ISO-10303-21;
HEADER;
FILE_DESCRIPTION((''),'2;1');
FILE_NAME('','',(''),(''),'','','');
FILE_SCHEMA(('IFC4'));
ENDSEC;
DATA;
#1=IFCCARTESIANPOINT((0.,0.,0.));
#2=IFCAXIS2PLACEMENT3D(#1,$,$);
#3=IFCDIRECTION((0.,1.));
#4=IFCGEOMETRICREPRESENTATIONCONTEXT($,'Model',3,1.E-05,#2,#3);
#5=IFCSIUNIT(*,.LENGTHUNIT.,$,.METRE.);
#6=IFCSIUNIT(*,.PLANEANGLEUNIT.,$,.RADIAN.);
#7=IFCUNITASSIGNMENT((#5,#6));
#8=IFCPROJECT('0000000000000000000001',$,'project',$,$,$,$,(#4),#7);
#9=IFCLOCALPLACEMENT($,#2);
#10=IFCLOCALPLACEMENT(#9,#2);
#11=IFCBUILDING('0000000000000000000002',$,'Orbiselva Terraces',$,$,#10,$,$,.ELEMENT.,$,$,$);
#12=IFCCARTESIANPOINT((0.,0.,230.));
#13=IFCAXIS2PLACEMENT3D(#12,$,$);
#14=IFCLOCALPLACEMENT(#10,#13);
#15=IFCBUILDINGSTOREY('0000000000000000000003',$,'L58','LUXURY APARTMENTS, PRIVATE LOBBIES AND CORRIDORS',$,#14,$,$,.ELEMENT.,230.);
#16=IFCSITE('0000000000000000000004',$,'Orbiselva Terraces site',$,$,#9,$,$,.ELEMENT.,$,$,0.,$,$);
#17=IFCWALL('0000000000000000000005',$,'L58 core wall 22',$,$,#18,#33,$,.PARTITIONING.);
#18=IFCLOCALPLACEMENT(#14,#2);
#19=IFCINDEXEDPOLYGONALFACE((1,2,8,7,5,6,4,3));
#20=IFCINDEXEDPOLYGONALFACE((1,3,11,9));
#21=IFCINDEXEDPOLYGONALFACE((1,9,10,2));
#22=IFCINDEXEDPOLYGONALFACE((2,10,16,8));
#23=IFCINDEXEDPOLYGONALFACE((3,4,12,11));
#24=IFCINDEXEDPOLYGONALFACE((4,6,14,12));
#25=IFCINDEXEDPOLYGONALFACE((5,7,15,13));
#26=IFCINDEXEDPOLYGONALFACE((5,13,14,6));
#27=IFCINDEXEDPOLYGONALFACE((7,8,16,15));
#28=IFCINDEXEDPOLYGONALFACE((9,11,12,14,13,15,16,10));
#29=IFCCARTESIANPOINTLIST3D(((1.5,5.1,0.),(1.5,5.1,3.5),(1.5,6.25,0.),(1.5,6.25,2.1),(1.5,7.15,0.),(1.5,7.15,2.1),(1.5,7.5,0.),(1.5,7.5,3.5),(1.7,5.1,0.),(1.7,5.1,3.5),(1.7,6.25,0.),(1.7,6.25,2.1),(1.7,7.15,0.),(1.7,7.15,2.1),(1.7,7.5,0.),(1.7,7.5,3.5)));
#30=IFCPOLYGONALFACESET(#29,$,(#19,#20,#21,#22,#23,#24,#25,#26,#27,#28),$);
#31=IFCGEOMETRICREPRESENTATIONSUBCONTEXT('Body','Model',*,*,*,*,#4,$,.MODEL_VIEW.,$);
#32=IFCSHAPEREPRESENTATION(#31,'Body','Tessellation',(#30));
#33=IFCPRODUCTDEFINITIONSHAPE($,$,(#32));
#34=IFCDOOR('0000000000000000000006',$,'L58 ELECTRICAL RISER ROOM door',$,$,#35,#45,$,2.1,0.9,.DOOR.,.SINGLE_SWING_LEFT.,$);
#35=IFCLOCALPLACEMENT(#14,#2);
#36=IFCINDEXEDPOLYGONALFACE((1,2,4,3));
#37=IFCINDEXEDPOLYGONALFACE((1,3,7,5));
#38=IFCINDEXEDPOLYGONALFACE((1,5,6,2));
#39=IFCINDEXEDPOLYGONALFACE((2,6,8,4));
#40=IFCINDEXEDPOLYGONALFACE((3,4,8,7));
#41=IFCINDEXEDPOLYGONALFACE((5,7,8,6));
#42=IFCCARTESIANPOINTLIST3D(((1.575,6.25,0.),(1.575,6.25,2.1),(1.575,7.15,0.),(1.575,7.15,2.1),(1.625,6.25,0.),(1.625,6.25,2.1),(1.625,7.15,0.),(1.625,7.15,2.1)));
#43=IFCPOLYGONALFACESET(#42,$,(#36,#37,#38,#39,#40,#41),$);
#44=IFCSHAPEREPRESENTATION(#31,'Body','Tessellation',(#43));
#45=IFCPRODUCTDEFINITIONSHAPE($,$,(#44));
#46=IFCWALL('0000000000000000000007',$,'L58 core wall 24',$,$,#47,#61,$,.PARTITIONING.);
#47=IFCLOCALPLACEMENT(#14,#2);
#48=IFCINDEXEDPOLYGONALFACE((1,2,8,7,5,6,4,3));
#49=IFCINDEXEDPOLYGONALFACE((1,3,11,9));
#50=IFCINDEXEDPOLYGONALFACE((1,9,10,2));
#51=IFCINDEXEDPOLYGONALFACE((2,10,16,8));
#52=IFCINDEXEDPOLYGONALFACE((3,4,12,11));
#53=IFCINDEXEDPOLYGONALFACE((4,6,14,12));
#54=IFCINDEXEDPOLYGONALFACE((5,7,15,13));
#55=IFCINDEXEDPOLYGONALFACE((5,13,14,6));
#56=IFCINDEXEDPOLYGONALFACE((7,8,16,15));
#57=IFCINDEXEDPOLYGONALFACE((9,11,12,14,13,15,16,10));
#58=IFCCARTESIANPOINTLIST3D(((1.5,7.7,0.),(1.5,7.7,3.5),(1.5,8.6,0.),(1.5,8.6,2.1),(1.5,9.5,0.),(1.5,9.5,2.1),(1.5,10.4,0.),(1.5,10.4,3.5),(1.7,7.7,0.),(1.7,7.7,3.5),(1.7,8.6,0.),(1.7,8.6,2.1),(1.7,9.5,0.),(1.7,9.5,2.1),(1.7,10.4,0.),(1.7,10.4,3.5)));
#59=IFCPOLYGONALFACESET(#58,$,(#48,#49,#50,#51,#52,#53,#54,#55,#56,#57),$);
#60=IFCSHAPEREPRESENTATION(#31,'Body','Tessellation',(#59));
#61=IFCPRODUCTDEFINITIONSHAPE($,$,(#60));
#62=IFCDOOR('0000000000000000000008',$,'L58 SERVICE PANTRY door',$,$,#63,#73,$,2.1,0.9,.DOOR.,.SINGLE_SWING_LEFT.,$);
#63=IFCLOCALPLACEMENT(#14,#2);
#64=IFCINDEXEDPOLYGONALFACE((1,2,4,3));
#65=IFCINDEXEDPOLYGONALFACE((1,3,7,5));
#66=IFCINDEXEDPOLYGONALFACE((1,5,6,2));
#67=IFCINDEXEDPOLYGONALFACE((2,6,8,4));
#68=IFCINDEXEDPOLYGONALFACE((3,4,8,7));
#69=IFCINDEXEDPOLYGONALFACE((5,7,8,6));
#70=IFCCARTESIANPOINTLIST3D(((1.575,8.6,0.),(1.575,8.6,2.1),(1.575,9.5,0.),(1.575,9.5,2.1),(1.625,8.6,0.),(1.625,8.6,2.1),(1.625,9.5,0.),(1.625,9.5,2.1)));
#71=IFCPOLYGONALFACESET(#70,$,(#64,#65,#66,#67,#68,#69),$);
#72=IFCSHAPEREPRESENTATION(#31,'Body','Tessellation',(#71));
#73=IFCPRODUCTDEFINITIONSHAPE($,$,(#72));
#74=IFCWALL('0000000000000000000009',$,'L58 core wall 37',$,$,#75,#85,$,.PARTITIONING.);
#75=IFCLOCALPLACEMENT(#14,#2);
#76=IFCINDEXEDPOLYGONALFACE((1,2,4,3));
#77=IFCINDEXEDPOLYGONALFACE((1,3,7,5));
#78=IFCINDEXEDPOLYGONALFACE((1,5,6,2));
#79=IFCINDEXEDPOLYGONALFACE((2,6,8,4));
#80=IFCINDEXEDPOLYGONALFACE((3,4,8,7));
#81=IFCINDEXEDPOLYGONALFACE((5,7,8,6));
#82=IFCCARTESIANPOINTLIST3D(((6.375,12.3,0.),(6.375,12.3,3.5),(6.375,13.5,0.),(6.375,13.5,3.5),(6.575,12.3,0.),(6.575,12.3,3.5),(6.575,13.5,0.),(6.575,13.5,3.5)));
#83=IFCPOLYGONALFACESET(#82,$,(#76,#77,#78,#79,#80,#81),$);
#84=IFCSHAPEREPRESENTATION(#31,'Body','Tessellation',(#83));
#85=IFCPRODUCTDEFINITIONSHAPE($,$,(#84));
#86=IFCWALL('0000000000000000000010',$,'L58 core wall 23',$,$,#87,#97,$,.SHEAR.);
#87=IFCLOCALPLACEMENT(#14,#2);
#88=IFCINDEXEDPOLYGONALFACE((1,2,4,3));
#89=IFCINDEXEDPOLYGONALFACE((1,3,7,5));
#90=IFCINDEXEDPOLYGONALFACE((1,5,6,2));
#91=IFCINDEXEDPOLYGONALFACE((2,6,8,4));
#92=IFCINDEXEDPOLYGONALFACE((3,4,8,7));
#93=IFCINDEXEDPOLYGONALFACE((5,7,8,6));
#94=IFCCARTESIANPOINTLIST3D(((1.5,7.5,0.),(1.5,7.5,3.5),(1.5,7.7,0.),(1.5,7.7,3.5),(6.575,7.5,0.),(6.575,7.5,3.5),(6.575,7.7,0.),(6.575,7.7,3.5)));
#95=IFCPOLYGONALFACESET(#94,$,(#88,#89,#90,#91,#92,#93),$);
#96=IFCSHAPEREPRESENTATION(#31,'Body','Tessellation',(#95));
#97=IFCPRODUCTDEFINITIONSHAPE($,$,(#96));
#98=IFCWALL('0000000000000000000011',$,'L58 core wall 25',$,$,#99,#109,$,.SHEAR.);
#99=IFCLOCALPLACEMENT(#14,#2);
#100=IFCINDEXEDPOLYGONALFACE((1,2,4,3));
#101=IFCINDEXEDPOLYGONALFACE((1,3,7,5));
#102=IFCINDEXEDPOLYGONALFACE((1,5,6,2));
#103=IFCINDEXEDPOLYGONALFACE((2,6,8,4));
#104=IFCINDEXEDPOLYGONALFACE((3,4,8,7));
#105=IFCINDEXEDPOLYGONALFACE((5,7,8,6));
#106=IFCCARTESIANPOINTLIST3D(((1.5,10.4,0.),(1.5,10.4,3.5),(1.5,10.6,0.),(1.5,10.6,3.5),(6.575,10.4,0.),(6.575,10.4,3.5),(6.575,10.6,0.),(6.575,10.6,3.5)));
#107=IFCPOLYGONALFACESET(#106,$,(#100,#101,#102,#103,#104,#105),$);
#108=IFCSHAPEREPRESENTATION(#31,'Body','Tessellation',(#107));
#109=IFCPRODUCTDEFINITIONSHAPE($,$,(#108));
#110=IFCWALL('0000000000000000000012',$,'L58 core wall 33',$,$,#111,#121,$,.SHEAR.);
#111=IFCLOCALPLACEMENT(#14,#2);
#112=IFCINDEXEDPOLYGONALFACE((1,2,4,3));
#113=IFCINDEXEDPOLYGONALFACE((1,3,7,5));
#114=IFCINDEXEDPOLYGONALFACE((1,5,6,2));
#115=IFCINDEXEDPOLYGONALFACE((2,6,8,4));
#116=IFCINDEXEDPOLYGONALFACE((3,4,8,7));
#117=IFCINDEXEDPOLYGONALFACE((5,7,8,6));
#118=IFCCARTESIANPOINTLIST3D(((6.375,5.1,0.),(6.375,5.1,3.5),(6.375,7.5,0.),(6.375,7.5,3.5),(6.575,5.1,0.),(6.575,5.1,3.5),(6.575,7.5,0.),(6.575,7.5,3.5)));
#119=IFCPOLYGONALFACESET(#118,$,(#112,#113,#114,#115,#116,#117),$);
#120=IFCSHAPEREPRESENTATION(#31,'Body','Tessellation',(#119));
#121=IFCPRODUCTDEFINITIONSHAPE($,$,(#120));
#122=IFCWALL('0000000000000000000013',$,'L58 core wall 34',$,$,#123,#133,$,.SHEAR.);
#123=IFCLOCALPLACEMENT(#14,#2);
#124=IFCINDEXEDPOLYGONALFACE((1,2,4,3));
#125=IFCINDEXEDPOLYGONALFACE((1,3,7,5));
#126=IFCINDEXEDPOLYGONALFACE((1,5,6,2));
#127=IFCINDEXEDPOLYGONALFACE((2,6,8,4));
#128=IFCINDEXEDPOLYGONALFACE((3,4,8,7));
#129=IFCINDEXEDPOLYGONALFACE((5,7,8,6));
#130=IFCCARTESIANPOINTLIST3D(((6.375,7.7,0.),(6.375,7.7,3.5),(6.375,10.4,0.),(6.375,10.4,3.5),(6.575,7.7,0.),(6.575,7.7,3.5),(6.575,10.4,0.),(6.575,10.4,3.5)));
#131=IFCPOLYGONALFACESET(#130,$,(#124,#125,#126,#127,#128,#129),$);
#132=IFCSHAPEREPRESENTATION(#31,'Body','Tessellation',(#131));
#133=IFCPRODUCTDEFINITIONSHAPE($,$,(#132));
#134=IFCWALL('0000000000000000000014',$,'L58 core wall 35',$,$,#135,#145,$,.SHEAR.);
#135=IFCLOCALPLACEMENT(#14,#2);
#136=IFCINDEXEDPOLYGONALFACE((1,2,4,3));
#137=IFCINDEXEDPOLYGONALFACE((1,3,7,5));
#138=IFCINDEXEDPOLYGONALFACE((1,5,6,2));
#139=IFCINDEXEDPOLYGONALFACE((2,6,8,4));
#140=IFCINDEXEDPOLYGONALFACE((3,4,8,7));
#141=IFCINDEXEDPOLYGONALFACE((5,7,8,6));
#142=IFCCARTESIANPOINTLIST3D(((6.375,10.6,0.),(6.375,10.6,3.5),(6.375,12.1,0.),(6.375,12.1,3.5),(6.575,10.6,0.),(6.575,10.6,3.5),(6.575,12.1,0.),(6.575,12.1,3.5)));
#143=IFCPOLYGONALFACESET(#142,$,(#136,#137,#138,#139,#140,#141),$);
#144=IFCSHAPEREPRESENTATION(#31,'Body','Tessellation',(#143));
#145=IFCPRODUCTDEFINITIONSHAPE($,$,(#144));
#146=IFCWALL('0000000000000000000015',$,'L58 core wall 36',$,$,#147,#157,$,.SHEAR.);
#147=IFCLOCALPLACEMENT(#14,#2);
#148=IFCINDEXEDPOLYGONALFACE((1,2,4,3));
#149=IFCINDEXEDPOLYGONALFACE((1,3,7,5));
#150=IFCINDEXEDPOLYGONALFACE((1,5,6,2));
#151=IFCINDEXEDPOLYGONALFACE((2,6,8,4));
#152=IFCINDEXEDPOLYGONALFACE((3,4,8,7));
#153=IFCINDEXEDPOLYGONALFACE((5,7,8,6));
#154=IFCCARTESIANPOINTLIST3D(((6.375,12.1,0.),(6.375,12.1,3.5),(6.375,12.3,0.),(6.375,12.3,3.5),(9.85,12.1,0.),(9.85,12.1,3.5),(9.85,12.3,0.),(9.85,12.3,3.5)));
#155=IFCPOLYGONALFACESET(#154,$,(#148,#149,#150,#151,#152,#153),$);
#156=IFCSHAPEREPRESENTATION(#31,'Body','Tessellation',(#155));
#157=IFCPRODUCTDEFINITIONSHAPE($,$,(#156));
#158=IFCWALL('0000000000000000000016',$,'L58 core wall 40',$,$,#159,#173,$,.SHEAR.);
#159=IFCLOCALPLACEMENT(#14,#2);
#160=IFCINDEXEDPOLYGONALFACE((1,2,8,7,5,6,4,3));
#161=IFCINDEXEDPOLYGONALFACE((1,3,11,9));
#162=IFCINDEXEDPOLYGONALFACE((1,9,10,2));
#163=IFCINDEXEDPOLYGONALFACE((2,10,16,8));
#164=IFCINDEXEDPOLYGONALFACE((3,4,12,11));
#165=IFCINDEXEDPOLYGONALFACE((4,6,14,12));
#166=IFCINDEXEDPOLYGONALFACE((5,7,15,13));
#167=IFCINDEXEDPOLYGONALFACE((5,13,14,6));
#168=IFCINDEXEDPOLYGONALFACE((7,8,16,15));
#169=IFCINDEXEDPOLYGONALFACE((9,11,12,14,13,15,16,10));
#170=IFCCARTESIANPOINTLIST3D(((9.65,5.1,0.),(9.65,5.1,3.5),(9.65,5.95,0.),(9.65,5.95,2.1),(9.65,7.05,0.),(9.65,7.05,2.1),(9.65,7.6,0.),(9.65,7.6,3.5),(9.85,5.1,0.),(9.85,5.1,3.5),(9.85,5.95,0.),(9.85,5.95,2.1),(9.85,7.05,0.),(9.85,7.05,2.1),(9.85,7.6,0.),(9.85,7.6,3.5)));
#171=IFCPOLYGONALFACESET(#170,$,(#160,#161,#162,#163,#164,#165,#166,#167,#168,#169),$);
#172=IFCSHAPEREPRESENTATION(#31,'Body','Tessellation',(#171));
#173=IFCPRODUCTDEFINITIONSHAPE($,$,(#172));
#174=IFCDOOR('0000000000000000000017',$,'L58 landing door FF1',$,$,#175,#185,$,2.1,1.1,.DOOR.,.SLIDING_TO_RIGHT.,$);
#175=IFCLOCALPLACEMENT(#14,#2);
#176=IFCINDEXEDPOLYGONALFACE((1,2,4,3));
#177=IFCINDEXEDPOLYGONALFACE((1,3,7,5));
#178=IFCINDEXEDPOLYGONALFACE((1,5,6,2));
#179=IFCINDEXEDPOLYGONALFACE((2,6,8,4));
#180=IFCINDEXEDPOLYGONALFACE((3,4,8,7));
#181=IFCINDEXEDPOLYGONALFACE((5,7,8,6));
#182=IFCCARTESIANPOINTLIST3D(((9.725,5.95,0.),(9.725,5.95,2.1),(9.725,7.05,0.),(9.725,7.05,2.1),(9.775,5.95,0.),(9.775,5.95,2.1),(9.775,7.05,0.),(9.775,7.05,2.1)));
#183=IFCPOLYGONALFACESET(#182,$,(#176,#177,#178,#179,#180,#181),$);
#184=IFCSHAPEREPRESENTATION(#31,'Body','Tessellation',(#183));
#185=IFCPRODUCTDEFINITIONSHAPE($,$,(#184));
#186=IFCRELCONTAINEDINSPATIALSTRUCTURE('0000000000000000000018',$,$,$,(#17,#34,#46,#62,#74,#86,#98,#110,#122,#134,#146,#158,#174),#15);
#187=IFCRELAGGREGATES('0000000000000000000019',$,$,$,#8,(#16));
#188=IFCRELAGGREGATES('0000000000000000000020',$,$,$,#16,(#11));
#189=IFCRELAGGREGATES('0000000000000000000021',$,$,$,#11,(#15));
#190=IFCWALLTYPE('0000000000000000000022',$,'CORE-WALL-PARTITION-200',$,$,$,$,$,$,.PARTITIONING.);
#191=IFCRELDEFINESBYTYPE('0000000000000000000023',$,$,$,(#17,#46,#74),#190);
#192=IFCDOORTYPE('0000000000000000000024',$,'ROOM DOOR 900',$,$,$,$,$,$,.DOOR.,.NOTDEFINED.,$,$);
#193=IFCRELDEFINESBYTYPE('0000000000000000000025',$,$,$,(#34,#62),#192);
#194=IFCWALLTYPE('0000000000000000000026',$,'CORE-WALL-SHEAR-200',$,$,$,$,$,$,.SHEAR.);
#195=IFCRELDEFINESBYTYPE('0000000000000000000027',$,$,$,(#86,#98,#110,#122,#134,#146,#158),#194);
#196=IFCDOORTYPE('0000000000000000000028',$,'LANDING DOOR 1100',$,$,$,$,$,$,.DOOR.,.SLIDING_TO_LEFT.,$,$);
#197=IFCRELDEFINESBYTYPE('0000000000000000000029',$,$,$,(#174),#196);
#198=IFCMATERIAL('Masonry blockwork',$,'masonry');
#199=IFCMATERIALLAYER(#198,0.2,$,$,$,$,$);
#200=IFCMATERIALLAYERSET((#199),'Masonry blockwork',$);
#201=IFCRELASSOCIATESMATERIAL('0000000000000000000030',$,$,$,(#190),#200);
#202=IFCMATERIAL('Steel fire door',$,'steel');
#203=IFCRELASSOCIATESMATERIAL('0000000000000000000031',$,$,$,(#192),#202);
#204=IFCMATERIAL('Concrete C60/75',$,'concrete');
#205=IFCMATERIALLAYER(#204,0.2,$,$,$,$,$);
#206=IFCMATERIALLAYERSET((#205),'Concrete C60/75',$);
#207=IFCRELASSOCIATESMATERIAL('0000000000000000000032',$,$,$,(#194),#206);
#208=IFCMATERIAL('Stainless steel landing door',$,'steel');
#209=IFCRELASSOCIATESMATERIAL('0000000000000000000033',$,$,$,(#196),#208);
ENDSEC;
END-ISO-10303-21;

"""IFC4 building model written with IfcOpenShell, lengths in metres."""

from ifc_helpers import new_model, si_unit, direction, frame, frame_2d, origin, place, context, subcontext, project, spatial, rectangle, extrude, material, layer, layer_set, type_object, element, fill, save


model = new_model("IFC4")

# Units and contexts
model_context = context("Model", 3, precision=1e-05, world=origin(), true_north=direction((0.0, 1.0)))
body_context = subcontext(model_context, "Body", "Model", "MODEL_VIEW")
ifc_project = project(units=[si_unit("LENGTHUNIT", "METRE"), si_unit("PLANEANGLEUNIT", "RADIAN")], contexts=[model_context])

# Site, building, storey
site_placement = place(None, origin())
site = spatial("IfcSite", under=ifc_project, at=site_placement, Name="Orbiselva Terraces site", CompositionType="ELEMENT", RefElevation=0.0)
building_placement = place(site_placement, origin())
building = spatial("IfcBuilding", under=site, at=building_placement, Name="Orbiselva Terraces", CompositionType="ELEMENT")
storey_placement = place(building_placement, frame((0.0, 0.0, 230.0)))
storey = spatial("IfcBuildingStorey", under=building, at=storey_placement, Name="L58", Description="LUXURY APARTMENTS, PRIVATE LOBBIES AND CORRIDORS", CompositionType="ELEMENT", Elevation=230.0)

# Walls, openings, doors
ifc_material_1 = material(Name="Masonry blockwork", Category="masonry")
ifc_layer_1 = layer(ifc_material_1, 0.2)
ifc_layer_set_1 = layer_set([ifc_layer_1], Name="Masonry blockwork")
wall_type_1 = type_object("IfcWallType", Name="CORE-WALL-PARTITION-200", PredefinedType="PARTITIONING", material=ifc_layer_set_1)
wall_1_placement = place(storey_placement, frame((1.6, 7.5, 0.0), z_axis=(0.0, 0.0, 1.0), x_axis=(0.0, -1.0, 0.0)))
wall_1 = element("IfcWall", 1, at=wall_1_placement, inside=storey, type_object=wall_type_1, Name="L58 core wall 22", PredefinedType="PARTITIONING", context=body_context, shape_type="SweptSolid", body=[
    extrude(rectangle(XDim=2.4, YDim=0.2, at=frame_2d((1.2, 0.0))), origin(), (0.0, 0.0, 1.0), 3.5),
])
opening_1_placement = place(wall_1_placement, frame((0.35, 0.0, 0.0)))
opening_1 = element("IfcOpeningElement", 2, at=opening_1_placement, cuts=wall_1, PredefinedType="OPENING", context=body_context, shape_type="SweptSolid", body=[
    extrude(rectangle(XDim=0.9, YDim=2.1, at=frame_2d((0.45, 1.05))), frame((0.0, 0.11, 0.0), z_axis=(0.0, -1.0, 0.0), x_axis=(1.0, 0.0, 0.0)), (0.0, 0.0, 1.0), 0.22),
])
ifc_material_2 = material(Name="Steel fire door", Category="steel")
door_type_1 = type_object("IfcDoorType", Name="ROOM DOOR 900", OperationType="NOTDEFINED", PredefinedType="DOOR", material=ifc_material_2)
door_1_placement = place(opening_1_placement, origin())
door_1 = element("IfcDoor", 3, at=door_1_placement, inside=storey, type_object=door_type_1, Name="L58 ELECTRICAL RISER ROOM door", OperationType="SINGLE_SWING_LEFT", OverallHeight=2.1, OverallWidth=0.9, PredefinedType="DOOR", context=body_context, shape_type="SweptSolid", body=[
    extrude(rectangle(XDim=0.9, YDim=2.1, at=frame_2d((0.45, 1.05))), frame((0.0, 0.025, 0.0), z_axis=(0.0, -1.0, 0.0), x_axis=(1.0, 0.0, 0.0)), (0.0, 0.0, 1.0), 0.05),
])
fill(opening_1, door_1)
wall_2_placement = place(storey_placement, frame((1.6, 10.4, 0.0), z_axis=(0.0, 0.0, 1.0), x_axis=(0.0, -1.0, 0.0)))
wall_2 = element("IfcWall", 4, at=wall_2_placement, inside=storey, type_object=wall_type_1, Name="L58 core wall 24", PredefinedType="PARTITIONING", context=body_context, shape_type="SweptSolid", body=[
    extrude(rectangle(XDim=2.7, YDim=0.2, at=frame_2d((1.35, 0.0))), origin(), (0.0, 0.0, 1.0), 3.5),
])
opening_2_placement = place(wall_2_placement, frame((0.9, 0.0, 0.0)))
opening_2 = element("IfcOpeningElement", 5, at=opening_2_placement, cuts=wall_2, PredefinedType="OPENING", context=body_context, shape_type="SweptSolid", body=[
    extrude(rectangle(XDim=0.9, YDim=2.1, at=frame_2d((0.45, 1.05))), frame((0.0, 0.11, 0.0), z_axis=(0.0, -1.0, 0.0), x_axis=(1.0, 0.0, 0.0)), (0.0, 0.0, 1.0), 0.22),
])
door_2_placement = place(opening_2_placement, origin())
door_2 = element("IfcDoor", 6, at=door_2_placement, inside=storey, type_object=door_type_1, Name="L58 SERVICE PANTRY door", OperationType="SINGLE_SWING_LEFT", OverallHeight=2.1, OverallWidth=0.9, PredefinedType="DOOR", context=body_context, shape_type="SweptSolid", body=[
    extrude(rectangle(XDim=0.9, YDim=2.1, at=frame_2d((0.45, 1.05))), frame((0.0, 0.025, 0.0), z_axis=(0.0, -1.0, 0.0), x_axis=(1.0, 0.0, 0.0)), (0.0, 0.0, 1.0), 0.05),
])
fill(opening_2, door_2)

# Walls
wall_3_placement = place(storey_placement, frame((6.475, 12.3, 0.0), z_axis=(0.0, 0.0, 1.0), x_axis=(0.0, 1.0, 0.0)))
element("IfcWall", 7, at=wall_3_placement, inside=storey, type_object=wall_type_1, Name="L58 core wall 37", PredefinedType="PARTITIONING", context=body_context, shape_type="SweptSolid", body=[
    extrude(rectangle(XDim=1.2, YDim=0.2, at=frame_2d((0.6, 0.0))), origin(), (0.0, 0.0, 1.0), 3.5),
])
ifc_material_3 = material(Name="Concrete C60/75", Category="concrete")
ifc_layer_2 = layer(ifc_material_3, 0.2)
ifc_layer_set_2 = layer_set([ifc_layer_2], Name="Concrete C60/75")
wall_type_2 = type_object("IfcWallType", Name="CORE-WALL-SHEAR-200", PredefinedType="SHEAR", material=ifc_layer_set_2)
for number, where, z_axis, x_axis, name in (
    (8, (1.5, 7.6, 0.0), (0.0, 0.0, 1.0), (1.0, 0.0, 0.0), "L58 core wall 23"),
    (9, (1.5, 10.5, 0.0), (0.0, 0.0, 1.0), (1.0, 0.0, 0.0), "L58 core wall 25"),
):
    element("IfcWall", number, at=place(storey_placement, frame(where, z_axis=z_axis, x_axis=x_axis)), inside=storey, type_object=wall_type_2, Name=name, PredefinedType="SHEAR", context=body_context, shape_type="SweptSolid", body=[
        extrude(rectangle(XDim=5.075, YDim=0.2, at=frame_2d((2.5375, 0.0))), origin(), (0.0, 0.0, 1.0), 3.5),
    ])
wall_4_placement = place(storey_placement, frame((6.475, 5.1, 0.0), z_axis=(0.0, 0.0, 1.0), x_axis=(0.0, 1.0, 0.0)))
element("IfcWall", 10, at=wall_4_placement, inside=storey, type_object=wall_type_2, Name="L58 core wall 33", PredefinedType="SHEAR", context=body_context, shape_type="SweptSolid", body=[
    extrude(rectangle(XDim=2.4, YDim=0.2, at=frame_2d((1.2, 0.0))), origin(), (0.0, 0.0, 1.0), 3.5),
])
wall_5_placement = place(storey_placement, frame((6.475, 7.7, 0.0), z_axis=(0.0, 0.0, 1.0), x_axis=(0.0, 1.0, 0.0)))
element("IfcWall", 11, at=wall_5_placement, inside=storey, type_object=wall_type_2, Name="L58 core wall 34", PredefinedType="SHEAR", context=body_context, shape_type="SweptSolid", body=[
    extrude(rectangle(XDim=2.7, YDim=0.2, at=frame_2d((1.35, 0.0))), origin(), (0.0, 0.0, 1.0), 3.5),
])
wall_6_placement = place(storey_placement, frame((6.475, 10.6, 0.0), z_axis=(0.0, 0.0, 1.0), x_axis=(0.0, 1.0, 0.0)))
element("IfcWall", 12, at=wall_6_placement, inside=storey, type_object=wall_type_2, Name="L58 core wall 35", PredefinedType="SHEAR", context=body_context, shape_type="SweptSolid", body=[
    extrude(rectangle(XDim=1.5, YDim=0.2, at=frame_2d((0.75, 0.0))), origin(), (0.0, 0.0, 1.0), 3.5),
])
wall_7_placement = place(storey_placement, frame((6.375, 12.2, 0.0), z_axis=(0.0, 0.0, 1.0), x_axis=(1.0, 0.0, 0.0)))
element("IfcWall", 13, at=wall_7_placement, inside=storey, type_object=wall_type_2, Name="L58 core wall 36", PredefinedType="SHEAR", context=body_context, shape_type="SweptSolid", body=[
    extrude(rectangle(XDim=3.475, YDim=0.2, at=frame_2d((1.7375, 0.0))), origin(), (0.0, 0.0, 1.0), 3.5),
])

# Wall, opening, door
wall_8_placement = place(storey_placement, frame((9.75, 5.1, 0.0), z_axis=(0.0, 0.0, 1.0), x_axis=(0.0, 1.0, 0.0)))
wall_8 = element("IfcWall", 14, at=wall_8_placement, inside=storey, type_object=wall_type_2, Name="L58 core wall 40", PredefinedType="SHEAR", context=body_context, shape_type="SweptSolid", body=[
    extrude(rectangle(XDim=2.5, YDim=0.2, at=frame_2d((1.25, 0.0))), origin(), (0.0, 0.0, 1.0), 3.5),
])
opening_3_placement = place(wall_8_placement, frame((0.85, 0.0, 0.0)))
opening_3 = element("IfcOpeningElement", 15, at=opening_3_placement, cuts=wall_8, PredefinedType="OPENING", context=body_context, shape_type="SweptSolid", body=[
    extrude(rectangle(XDim=1.1, YDim=2.1, at=frame_2d((0.55, 1.05))), frame((0.0, 0.11, 0.0), z_axis=(0.0, -1.0, 0.0), x_axis=(1.0, 0.0, 0.0)), (0.0, 0.0, 1.0), 0.22),
])
ifc_material_4 = material(Name="Stainless steel landing door", Category="steel")
door_type_2 = type_object("IfcDoorType", Name="LANDING DOOR 1100", OperationType="SLIDING_TO_LEFT", PredefinedType="DOOR", material=ifc_material_4)
door_3_placement = place(opening_3_placement, origin())
door_3 = element("IfcDoor", 16, at=door_3_placement, inside=storey, type_object=door_type_2, Name="L58 landing door FF1", OperationType="SLIDING_TO_RIGHT", OverallHeight=2.1, OverallWidth=1.1, PredefinedType="DOOR", context=body_context, shape_type="SweptSolid", body=[
    extrude(rectangle(XDim=1.1, YDim=2.1, at=frame_2d((0.55, 1.05))), frame((0.0, 0.025, 0.0), z_axis=(0.0, -1.0, 0.0), x_axis=(1.0, 0.0, 0.0)), (0.0, 0.0, 1.0), 0.05),
])
fill(opening_3, door_3)

save(model, "model.ifc")
